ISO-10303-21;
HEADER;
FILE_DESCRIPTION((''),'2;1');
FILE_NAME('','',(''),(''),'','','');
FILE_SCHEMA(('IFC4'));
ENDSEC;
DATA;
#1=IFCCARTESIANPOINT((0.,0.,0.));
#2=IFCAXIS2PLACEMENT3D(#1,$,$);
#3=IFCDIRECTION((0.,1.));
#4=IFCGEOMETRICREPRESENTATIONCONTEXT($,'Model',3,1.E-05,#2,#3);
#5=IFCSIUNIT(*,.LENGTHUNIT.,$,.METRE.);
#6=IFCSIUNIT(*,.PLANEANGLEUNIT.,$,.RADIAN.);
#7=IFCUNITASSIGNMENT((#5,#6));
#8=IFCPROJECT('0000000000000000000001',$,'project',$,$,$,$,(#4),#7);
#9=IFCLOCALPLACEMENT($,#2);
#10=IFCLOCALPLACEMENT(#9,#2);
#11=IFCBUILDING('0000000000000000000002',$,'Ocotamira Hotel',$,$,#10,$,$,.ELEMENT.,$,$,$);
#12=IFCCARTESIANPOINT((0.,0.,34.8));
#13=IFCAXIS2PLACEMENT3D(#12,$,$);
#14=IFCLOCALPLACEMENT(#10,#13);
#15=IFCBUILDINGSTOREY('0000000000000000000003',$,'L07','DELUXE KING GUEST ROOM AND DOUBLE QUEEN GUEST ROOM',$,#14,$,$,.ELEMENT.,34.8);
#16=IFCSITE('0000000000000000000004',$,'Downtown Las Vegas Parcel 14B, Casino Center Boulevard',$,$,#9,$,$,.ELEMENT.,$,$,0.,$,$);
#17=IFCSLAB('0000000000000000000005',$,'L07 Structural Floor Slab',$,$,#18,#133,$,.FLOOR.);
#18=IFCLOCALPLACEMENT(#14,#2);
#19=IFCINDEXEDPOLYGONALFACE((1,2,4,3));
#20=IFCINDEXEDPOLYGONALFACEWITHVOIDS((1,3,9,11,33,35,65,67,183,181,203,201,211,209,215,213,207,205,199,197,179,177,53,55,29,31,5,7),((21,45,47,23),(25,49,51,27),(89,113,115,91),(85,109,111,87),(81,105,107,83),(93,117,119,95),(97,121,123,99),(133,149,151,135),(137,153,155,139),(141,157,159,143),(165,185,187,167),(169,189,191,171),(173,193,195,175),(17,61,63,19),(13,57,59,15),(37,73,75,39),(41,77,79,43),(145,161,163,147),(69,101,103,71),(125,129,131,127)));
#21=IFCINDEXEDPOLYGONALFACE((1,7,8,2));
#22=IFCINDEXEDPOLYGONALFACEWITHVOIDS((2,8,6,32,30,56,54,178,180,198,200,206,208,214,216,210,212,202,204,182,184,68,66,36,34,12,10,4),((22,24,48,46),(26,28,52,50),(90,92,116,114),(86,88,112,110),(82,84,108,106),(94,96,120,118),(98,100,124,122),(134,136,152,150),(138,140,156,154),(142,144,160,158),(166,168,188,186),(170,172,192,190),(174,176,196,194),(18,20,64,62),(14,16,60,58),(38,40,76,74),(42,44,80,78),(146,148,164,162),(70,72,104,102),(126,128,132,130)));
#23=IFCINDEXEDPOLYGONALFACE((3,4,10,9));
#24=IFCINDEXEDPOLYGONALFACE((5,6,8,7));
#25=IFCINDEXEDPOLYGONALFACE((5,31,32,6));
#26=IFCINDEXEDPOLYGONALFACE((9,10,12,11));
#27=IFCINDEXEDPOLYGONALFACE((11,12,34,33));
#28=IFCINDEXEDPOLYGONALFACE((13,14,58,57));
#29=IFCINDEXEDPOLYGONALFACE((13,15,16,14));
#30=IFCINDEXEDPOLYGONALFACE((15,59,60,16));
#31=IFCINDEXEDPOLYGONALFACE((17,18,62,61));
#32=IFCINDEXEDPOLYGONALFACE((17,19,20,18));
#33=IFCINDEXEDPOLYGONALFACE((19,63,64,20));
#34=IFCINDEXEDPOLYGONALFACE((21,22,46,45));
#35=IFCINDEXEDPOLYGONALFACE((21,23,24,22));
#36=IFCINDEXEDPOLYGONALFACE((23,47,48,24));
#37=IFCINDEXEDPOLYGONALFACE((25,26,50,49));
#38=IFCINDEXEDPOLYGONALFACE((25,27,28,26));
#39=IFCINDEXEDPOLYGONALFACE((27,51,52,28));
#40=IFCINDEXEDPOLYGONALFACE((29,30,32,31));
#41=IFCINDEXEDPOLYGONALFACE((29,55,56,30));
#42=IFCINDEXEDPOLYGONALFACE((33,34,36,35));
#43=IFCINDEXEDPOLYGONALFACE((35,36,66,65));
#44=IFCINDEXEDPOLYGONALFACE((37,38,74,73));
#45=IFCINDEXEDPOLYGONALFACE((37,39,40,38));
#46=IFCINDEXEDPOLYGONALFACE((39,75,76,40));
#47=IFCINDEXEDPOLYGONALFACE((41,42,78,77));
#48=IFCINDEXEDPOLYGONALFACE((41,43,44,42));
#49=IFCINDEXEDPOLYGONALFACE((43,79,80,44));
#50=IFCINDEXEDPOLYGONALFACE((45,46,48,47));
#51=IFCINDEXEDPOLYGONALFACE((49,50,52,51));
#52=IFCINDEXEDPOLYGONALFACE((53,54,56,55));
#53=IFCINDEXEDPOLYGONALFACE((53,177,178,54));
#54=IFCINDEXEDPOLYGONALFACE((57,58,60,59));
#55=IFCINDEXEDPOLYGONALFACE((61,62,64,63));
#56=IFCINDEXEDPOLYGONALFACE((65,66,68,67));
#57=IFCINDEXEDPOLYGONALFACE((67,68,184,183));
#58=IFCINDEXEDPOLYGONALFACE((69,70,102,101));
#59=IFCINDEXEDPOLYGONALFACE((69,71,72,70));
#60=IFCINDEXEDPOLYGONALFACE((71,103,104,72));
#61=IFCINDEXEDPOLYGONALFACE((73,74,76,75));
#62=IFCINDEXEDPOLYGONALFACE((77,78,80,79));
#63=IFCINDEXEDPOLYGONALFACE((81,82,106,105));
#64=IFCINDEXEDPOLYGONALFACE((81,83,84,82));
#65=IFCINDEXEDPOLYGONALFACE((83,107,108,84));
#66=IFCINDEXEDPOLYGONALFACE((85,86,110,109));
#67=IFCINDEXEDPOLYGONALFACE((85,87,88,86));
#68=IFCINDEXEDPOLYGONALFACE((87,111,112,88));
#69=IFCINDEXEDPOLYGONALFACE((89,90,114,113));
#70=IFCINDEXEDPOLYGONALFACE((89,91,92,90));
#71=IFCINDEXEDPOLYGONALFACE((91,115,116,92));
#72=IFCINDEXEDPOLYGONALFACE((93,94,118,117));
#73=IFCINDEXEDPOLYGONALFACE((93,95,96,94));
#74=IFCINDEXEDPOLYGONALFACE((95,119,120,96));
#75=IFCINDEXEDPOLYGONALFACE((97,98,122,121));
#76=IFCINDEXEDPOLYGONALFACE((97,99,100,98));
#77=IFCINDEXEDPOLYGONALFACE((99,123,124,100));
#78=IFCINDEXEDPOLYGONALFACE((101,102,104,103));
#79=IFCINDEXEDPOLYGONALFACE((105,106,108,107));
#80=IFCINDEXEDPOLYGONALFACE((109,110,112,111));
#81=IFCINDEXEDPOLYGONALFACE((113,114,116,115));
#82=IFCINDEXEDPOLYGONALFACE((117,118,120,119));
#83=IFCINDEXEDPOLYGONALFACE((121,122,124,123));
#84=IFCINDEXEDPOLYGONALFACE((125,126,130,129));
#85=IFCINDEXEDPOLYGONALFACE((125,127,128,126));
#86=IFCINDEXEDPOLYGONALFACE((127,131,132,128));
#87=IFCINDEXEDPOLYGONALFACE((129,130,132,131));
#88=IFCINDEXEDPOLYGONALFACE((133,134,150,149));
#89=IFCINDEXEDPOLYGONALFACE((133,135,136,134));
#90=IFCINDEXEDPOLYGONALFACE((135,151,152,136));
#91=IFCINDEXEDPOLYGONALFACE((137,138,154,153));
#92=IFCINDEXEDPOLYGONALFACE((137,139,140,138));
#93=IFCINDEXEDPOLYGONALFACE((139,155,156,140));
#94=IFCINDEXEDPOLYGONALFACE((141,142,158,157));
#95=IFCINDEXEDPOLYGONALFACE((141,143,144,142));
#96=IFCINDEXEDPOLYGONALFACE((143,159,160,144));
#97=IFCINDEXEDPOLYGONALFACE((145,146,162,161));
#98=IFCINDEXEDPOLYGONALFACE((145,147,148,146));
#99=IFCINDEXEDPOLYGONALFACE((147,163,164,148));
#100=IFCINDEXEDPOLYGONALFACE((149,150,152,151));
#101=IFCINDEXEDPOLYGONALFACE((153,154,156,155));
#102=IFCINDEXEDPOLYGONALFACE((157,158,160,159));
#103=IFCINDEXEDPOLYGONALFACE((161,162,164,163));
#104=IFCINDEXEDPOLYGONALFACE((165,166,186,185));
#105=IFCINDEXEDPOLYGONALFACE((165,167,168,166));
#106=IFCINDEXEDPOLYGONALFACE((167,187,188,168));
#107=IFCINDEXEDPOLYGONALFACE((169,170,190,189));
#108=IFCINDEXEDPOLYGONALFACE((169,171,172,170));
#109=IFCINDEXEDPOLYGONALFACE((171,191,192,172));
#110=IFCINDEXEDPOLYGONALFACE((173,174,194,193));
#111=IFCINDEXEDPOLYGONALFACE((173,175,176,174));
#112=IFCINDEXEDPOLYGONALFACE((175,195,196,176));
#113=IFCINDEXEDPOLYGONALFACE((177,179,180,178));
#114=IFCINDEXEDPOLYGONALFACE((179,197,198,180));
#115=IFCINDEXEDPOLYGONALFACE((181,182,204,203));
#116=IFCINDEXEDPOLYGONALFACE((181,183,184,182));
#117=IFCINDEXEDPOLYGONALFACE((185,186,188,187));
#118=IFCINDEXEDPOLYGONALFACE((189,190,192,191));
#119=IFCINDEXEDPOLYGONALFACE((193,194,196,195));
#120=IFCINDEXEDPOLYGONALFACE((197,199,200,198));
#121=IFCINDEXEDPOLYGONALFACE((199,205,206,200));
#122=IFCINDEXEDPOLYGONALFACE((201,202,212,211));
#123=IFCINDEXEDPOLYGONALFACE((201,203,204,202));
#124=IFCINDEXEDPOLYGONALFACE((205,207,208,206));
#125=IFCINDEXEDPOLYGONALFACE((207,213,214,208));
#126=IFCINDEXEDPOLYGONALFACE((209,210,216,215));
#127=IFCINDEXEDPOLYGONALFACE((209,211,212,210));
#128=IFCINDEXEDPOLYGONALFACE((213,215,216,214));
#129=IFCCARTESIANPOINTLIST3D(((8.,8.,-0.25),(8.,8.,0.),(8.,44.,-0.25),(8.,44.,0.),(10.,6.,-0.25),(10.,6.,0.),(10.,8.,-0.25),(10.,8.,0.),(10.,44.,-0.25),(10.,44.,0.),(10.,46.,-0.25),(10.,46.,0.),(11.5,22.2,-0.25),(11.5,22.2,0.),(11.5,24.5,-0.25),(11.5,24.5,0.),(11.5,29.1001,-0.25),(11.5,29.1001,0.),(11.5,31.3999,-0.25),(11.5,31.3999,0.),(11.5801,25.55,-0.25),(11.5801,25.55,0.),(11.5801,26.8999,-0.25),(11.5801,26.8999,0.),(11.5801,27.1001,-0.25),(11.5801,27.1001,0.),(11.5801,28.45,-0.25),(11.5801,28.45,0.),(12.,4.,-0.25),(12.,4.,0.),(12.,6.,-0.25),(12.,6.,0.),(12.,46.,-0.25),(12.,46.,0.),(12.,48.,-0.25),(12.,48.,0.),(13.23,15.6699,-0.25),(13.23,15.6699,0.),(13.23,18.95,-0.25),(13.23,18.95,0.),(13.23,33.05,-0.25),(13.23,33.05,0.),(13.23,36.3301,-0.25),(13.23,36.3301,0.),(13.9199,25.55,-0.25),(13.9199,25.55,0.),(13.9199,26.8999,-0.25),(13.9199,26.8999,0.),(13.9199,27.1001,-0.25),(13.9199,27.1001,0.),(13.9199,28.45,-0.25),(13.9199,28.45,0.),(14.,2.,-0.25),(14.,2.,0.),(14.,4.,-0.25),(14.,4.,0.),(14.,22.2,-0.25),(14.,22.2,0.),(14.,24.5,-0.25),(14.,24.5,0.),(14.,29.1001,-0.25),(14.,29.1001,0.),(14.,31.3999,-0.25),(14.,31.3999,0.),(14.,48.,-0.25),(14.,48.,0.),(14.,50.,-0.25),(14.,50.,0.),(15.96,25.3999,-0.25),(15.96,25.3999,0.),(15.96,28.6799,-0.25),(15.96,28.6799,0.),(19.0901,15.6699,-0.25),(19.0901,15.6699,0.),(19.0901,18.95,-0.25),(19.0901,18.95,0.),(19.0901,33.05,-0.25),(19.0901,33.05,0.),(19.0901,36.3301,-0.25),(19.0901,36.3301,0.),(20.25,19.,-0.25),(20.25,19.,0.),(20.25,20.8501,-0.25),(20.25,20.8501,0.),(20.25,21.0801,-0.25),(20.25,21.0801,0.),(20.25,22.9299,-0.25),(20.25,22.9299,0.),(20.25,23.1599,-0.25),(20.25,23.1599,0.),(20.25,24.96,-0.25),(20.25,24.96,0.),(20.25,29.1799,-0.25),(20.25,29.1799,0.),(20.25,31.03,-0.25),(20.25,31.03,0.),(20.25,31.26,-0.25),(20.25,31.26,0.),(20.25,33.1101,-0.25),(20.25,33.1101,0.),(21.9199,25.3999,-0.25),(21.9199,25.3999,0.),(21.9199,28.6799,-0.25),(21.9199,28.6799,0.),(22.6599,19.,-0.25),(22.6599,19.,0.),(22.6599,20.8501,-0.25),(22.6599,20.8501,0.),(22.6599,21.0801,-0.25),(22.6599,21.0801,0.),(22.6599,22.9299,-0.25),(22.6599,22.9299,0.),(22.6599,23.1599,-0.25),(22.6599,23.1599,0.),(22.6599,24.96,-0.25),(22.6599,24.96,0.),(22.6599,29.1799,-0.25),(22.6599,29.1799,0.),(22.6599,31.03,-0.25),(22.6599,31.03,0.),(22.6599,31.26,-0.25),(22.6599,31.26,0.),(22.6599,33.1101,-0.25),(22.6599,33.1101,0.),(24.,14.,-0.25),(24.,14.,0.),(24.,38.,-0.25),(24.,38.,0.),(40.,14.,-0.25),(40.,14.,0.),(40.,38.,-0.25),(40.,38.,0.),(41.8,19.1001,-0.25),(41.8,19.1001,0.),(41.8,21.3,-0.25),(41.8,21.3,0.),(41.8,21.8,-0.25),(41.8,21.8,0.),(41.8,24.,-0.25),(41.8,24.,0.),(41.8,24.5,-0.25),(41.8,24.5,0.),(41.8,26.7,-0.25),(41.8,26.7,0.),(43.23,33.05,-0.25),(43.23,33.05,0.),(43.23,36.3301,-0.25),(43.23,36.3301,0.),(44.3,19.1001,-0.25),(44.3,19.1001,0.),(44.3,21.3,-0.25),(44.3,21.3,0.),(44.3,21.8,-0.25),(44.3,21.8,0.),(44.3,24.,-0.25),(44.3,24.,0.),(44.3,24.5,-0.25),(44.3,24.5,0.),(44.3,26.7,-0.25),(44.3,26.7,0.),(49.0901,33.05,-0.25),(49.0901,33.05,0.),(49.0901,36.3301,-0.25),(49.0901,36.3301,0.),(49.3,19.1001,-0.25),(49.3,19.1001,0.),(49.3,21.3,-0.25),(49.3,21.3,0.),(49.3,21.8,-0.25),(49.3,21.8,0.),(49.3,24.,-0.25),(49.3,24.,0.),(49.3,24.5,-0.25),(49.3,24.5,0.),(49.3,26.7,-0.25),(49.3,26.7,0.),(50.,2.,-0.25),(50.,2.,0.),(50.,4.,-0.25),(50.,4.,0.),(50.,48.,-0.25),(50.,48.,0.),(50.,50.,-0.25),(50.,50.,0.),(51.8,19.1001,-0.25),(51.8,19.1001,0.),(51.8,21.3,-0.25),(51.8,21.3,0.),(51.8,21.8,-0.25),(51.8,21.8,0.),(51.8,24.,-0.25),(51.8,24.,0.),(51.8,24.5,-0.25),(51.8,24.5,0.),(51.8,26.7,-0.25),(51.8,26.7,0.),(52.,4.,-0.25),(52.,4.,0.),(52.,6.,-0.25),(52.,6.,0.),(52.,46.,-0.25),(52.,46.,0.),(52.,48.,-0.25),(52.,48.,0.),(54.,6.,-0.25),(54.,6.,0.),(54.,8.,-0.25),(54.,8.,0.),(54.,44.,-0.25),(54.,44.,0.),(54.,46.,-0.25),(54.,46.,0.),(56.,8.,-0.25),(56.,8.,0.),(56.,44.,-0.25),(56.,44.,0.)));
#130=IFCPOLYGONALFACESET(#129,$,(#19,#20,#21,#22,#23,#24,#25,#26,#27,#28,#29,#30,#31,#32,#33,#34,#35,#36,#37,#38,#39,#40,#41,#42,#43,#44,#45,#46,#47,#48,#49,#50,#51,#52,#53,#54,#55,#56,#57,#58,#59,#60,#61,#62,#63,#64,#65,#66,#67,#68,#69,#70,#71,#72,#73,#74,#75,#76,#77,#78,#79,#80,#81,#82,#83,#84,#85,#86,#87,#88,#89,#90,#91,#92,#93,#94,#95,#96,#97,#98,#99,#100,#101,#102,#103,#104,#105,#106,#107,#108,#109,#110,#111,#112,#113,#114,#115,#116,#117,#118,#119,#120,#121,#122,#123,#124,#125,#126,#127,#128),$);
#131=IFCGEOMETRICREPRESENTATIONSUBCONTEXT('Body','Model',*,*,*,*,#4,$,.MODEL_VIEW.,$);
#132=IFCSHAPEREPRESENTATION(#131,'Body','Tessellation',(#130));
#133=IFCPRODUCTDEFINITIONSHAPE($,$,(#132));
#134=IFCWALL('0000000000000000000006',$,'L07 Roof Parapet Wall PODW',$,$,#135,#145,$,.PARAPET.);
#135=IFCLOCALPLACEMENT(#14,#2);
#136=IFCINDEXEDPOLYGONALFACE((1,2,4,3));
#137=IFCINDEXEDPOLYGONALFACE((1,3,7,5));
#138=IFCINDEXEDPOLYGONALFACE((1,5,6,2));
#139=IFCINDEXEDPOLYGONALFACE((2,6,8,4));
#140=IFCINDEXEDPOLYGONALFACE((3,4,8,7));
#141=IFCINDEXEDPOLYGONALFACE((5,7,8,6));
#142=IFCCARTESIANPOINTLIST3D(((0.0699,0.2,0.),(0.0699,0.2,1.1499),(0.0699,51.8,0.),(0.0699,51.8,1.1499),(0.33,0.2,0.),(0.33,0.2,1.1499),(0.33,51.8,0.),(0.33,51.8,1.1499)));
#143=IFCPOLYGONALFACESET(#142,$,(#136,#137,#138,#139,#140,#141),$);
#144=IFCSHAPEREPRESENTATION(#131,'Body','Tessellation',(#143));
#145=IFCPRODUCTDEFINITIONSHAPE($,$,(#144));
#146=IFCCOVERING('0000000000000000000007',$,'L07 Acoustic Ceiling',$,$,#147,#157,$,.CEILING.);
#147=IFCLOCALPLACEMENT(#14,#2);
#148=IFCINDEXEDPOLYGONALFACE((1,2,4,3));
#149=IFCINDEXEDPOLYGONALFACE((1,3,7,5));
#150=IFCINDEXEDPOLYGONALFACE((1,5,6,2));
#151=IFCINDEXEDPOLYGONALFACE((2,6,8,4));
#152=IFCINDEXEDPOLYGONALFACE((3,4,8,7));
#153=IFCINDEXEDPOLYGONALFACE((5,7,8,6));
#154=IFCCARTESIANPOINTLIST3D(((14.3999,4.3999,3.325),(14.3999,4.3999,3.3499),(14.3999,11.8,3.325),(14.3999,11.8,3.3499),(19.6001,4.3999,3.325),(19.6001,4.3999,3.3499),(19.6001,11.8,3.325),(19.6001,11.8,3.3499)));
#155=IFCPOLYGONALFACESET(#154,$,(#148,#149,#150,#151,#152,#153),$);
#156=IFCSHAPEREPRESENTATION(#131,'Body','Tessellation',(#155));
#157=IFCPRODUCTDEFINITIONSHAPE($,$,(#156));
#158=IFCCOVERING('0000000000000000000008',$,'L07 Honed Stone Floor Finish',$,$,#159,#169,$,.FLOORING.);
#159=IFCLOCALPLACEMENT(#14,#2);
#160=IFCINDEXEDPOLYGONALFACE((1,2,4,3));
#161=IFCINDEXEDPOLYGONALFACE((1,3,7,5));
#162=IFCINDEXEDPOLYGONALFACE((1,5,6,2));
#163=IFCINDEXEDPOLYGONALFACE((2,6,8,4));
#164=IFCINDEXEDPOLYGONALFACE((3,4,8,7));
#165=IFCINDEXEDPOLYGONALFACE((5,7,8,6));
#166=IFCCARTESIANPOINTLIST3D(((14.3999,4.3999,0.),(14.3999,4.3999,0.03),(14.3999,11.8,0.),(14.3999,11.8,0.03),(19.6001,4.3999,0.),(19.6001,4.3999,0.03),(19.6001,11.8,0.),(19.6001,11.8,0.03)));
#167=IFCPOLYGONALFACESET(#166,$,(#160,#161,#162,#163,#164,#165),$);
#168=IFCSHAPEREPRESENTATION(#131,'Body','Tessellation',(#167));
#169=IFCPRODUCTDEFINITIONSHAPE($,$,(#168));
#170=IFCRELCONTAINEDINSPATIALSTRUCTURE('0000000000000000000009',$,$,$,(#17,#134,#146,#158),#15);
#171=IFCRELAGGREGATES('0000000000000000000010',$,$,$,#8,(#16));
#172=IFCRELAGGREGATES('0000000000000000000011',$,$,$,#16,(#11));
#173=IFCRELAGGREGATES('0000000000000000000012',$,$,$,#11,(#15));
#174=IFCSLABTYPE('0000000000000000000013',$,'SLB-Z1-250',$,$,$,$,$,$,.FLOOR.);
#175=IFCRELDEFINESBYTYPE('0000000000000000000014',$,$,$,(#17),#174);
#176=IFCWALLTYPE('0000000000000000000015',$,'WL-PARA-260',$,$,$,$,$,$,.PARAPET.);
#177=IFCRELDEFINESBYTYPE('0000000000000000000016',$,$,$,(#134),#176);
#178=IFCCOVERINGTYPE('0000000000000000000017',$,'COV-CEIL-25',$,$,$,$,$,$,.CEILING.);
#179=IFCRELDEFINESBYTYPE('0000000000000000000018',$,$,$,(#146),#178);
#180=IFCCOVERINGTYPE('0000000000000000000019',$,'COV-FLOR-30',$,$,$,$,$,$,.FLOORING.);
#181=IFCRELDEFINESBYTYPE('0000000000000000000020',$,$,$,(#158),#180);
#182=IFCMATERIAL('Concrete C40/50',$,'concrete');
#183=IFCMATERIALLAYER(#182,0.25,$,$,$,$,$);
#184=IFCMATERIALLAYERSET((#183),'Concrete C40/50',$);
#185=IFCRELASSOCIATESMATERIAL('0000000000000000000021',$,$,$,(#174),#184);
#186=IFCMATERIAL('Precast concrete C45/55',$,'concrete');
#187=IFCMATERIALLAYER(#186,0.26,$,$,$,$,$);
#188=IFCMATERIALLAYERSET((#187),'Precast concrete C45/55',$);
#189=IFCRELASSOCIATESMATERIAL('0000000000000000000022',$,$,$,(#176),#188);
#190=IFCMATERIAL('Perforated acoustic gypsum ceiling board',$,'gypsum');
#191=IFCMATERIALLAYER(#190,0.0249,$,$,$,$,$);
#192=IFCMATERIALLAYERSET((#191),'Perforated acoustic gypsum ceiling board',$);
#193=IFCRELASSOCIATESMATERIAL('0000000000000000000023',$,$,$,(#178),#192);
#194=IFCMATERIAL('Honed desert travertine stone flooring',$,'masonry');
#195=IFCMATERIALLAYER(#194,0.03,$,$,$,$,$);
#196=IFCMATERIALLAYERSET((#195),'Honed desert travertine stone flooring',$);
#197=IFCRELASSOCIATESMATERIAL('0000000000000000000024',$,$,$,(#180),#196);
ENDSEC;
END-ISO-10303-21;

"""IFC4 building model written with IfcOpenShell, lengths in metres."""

from ifc_helpers import new_model, si_unit, direction, frame, frame_2d, origin, place, context, subcontext, project, spatial, polyline, rectangle, outline, extrude, material, layer, layer_set, type_object, element, save


model = new_model("IFC4")

# Units and contexts
model_context = context("Model", 3, precision=1e-05, world=origin(), true_north=direction((0.0, 1.0)))
body_context = subcontext(model_context, "Body", "Model", "MODEL_VIEW")
ifc_project = project(units=[si_unit("LENGTHUNIT", "METRE"), si_unit("PLANEANGLEUNIT", "RADIAN")], contexts=[model_context])

# Site, building, storey
site_placement = place(None, origin())
site = spatial("IfcSite", under=ifc_project, at=site_placement, Name="Downtown Las Vegas Parcel 14B, Casino Center Boulevard", CompositionType="ELEMENT", RefElevation=0.0)
building_placement = place(site_placement, origin())
building = spatial("IfcBuilding", under=site, at=building_placement, Name="Ocotamira Hotel", CompositionType="ELEMENT")
storey_placement = place(building_placement, frame((0.0, 0.0, 34.8)))
storey = spatial("IfcBuildingStorey", under=building, at=storey_placement, Name="L07", Description="DELUXE KING GUEST ROOM AND DOUBLE QUEEN GUEST ROOM", CompositionType="ELEMENT", Elevation=34.8)

# Shared definitions
ifc_material_1 = material(Name="Concrete C40/50", Category="concrete")

# Slab
ifc_layer_1 = layer(ifc_material_1, 0.25)
ifc_layer_set_1 = layer_set([ifc_layer_1], Name="Concrete C40/50")
slab_type_1 = type_object("IfcSlabType", Name="SLB-Z1-250", PredefinedType="FLOOR", material=ifc_layer_set_1)
slab_1_placement = place(storey_placement, frame((0.0, 0.0, -0.25)))
element("IfcSlab", 1, at=slab_1_placement, inside=storey, type_object=slab_type_1, Name="L07 Structural Floor Slab", PredefinedType="FLOOR", context=body_context, shape_type="SweptSolid", body=[
    extrude(outline(polyline([(14.0, 2.0), (50.0, 2.0), (50.0, 4.0), (52.0, 4.0), (52.0, 6.0), (54.0, 6.0), (54.0, 8.0), (56.0, 8.0), (56.0, 44.0), (54.0, 44.0), (54.0, 46.0), (52.0, 46.0), (52.0, 48.0), (50.0, 48.0), (50.0, 50.0), (14.0, 50.0), (14.0, 48.0), (12.0, 48.0), (12.0, 46.0), (10.0, 46.0), (10.0, 44.0), (8.0, 44.0), (8.0, 8.0), (10.0, 8.0), (10.0, 6.0), (12.0, 6.0), (12.0, 4.0), (14.0, 4.0), (14.0, 2.0)]), holes=[polyline([(24.0, 14.0), (40.0, 14.0), (40.0, 38.0), (24.0, 38.0), (24.0, 14.0)]), polyline([(13.23, 15.6699), (19.0901, 15.6699), (19.0901, 18.95), (13.23, 18.95), (13.23, 15.6699)]), polyline([(13.23, 33.05), (19.0901, 33.05), (19.0901, 36.3301), (13.23, 36.3301), (13.23, 33.05)]), polyline([(15.96, 25.3999), (21.9199, 25.3999), (21.9199, 28.6799), (15.96, 28.6799), (15.96, 25.3999)]), polyline([(43.23, 33.05), (49.0901, 33.05), (49.0901, 36.3301), (43.23, 36.3301), (43.23, 33.05)]), polyline([(49.3, 19.1001), (51.8, 19.1001), (51.8, 21.3), (49.3, 21.3), (49.3, 19.1001)]), polyline([(49.3, 21.8), (51.8, 21.8), (51.8, 24.0), (49.3, 24.0), (49.3, 21.8)]), polyline([(49.3, 24.5), (51.8, 24.5), (51.8, 26.7), (49.3, 26.7), (49.3, 24.5)]), polyline([(41.8, 19.1001), (44.3, 19.1001), (44.3, 21.3), (41.8, 21.3), (41.8, 19.1001)]), polyline([(41.8, 21.8), (44.3, 21.8), (44.3, 24.0), (41.8, 24.0), (41.8, 21.8)]), polyline([(41.8, 24.5), (44.3, 24.5), (44.3, 26.7), (41.8, 26.7), (41.8, 24.5)]), polyline([(20.25, 19.0), (22.6599, 19.0), (22.6599, 20.8501), (20.25, 20.8501), (20.25, 19.0)]), polyline([(20.25, 21.0801), (22.6599, 21.0801), (22.6599, 22.9299), (20.25, 22.9299), (20.25, 21.0801)]), polyline([(20.25, 23.1599), (22.6599, 23.1599), (22.6599, 24.96), (20.25, 24.96), (20.25, 23.1599)]), polyline([(20.25, 29.1799), (22.6599, 29.1799), (22.6599, 31.03), (20.25, 31.03), (20.25, 29.1799)]), polyline([(20.25, 31.26), (22.6599, 31.26), (22.6599, 33.1101), (20.25, 33.1101), (20.25, 31.26)]), polyline([(11.5, 22.2), (14.0, 22.2), (14.0, 24.5), (11.5, 24.5), (11.5, 22.2)]), polyline([(11.5, 29.1001), (14.0, 29.1001), (14.0, 31.3999), (11.5, 31.3999), (11.5, 29.1001)]), polyline([(11.5801, 25.55), (13.9199, 25.55), (13.9199, 26.8999), (11.5801, 26.8999), (11.5801, 25.55)]), polyline([(11.5801, 27.1001), (13.9199, 27.1001), (13.9199, 28.45), (11.5801, 28.45), (11.5801, 27.1001)])]), origin(), (0.0, 0.0, 1.0), 0.25),
])

# Wall
ifc_material_2 = material(Name="Precast concrete C45/55", Category="concrete")
ifc_layer_2 = layer(ifc_material_2, 0.26)
ifc_layer_set_2 = layer_set([ifc_layer_2], Name="Precast concrete C45/55")
wall_type = type_object("IfcWallType", Name="WL-PARA-260", PredefinedType="PARAPET", material=ifc_layer_set_2)
wall_placement = place(storey_placement, frame((0.2, 0.2, 0.0), z_axis=(0.0, 0.0, 1.0), x_axis=(0.0, 1.0, 0.0)))
element("IfcWall", 2, at=wall_placement, inside=storey, type_object=wall_type, Name="L07 Roof Parapet Wall PODW", PredefinedType="PARAPET", context=body_context, shape_type="SweptSolid", body=[
    extrude(rectangle(XDim=51.6001, YDim=0.26, at=frame_2d((25.8, 0.0))), origin(), (0.0, 0.0, 1.0), 1.1499),
])

# Coverings
ifc_material_3 = material(Name="Perforated acoustic gypsum ceiling board", Category="gypsum")
ifc_layer_3 = layer(ifc_material_3, 0.0249)
ifc_layer_set_3 = layer_set([ifc_layer_3], Name="Perforated acoustic gypsum ceiling board")
covering_type_1 = type_object("IfcCoveringType", Name="COV-CEIL-25", PredefinedType="CEILING", material=ifc_layer_set_3)
covering_1_placement = place(storey_placement, frame((0.0, 0.0, 3.325)))
element("IfcCovering", 3, at=covering_1_placement, inside=storey, type_object=covering_type_1, Name="L07 Acoustic Ceiling", PredefinedType="CEILING", context=body_context, shape_type="SweptSolid", body=[
    extrude(outline(polyline([(14.3999, 4.3999), (19.6001, 4.3999), (19.6001, 11.8), (14.3999, 11.8), (14.3999, 4.3999)])), origin(), (0.0, 0.0, 1.0), 0.0249),
])
ifc_material_4 = material(Name="Honed desert travertine stone flooring", Category="masonry")
ifc_layer_4 = layer(ifc_material_4, 0.03)
ifc_layer_set_4 = layer_set([ifc_layer_4], Name="Honed desert travertine stone flooring")
covering_type_2 = type_object("IfcCoveringType", Name="COV-FLOR-30", PredefinedType="FLOORING", material=ifc_layer_set_4)
covering_2_placement = place(storey_placement, origin())
element("IfcCovering", 4, at=covering_2_placement, inside=storey, type_object=covering_type_2, Name="L07 Honed Stone Floor Finish", PredefinedType="FLOORING", context=body_context, shape_type="SweptSolid", body=[
    extrude(outline(polyline([(14.3999, 4.3999), (19.6001, 4.3999), (19.6001, 11.8), (14.3999, 11.8), (14.3999, 4.3999)])), origin(), (0.0, 0.0, 1.0), 0.03),
])

save(model, "model.ifc")
